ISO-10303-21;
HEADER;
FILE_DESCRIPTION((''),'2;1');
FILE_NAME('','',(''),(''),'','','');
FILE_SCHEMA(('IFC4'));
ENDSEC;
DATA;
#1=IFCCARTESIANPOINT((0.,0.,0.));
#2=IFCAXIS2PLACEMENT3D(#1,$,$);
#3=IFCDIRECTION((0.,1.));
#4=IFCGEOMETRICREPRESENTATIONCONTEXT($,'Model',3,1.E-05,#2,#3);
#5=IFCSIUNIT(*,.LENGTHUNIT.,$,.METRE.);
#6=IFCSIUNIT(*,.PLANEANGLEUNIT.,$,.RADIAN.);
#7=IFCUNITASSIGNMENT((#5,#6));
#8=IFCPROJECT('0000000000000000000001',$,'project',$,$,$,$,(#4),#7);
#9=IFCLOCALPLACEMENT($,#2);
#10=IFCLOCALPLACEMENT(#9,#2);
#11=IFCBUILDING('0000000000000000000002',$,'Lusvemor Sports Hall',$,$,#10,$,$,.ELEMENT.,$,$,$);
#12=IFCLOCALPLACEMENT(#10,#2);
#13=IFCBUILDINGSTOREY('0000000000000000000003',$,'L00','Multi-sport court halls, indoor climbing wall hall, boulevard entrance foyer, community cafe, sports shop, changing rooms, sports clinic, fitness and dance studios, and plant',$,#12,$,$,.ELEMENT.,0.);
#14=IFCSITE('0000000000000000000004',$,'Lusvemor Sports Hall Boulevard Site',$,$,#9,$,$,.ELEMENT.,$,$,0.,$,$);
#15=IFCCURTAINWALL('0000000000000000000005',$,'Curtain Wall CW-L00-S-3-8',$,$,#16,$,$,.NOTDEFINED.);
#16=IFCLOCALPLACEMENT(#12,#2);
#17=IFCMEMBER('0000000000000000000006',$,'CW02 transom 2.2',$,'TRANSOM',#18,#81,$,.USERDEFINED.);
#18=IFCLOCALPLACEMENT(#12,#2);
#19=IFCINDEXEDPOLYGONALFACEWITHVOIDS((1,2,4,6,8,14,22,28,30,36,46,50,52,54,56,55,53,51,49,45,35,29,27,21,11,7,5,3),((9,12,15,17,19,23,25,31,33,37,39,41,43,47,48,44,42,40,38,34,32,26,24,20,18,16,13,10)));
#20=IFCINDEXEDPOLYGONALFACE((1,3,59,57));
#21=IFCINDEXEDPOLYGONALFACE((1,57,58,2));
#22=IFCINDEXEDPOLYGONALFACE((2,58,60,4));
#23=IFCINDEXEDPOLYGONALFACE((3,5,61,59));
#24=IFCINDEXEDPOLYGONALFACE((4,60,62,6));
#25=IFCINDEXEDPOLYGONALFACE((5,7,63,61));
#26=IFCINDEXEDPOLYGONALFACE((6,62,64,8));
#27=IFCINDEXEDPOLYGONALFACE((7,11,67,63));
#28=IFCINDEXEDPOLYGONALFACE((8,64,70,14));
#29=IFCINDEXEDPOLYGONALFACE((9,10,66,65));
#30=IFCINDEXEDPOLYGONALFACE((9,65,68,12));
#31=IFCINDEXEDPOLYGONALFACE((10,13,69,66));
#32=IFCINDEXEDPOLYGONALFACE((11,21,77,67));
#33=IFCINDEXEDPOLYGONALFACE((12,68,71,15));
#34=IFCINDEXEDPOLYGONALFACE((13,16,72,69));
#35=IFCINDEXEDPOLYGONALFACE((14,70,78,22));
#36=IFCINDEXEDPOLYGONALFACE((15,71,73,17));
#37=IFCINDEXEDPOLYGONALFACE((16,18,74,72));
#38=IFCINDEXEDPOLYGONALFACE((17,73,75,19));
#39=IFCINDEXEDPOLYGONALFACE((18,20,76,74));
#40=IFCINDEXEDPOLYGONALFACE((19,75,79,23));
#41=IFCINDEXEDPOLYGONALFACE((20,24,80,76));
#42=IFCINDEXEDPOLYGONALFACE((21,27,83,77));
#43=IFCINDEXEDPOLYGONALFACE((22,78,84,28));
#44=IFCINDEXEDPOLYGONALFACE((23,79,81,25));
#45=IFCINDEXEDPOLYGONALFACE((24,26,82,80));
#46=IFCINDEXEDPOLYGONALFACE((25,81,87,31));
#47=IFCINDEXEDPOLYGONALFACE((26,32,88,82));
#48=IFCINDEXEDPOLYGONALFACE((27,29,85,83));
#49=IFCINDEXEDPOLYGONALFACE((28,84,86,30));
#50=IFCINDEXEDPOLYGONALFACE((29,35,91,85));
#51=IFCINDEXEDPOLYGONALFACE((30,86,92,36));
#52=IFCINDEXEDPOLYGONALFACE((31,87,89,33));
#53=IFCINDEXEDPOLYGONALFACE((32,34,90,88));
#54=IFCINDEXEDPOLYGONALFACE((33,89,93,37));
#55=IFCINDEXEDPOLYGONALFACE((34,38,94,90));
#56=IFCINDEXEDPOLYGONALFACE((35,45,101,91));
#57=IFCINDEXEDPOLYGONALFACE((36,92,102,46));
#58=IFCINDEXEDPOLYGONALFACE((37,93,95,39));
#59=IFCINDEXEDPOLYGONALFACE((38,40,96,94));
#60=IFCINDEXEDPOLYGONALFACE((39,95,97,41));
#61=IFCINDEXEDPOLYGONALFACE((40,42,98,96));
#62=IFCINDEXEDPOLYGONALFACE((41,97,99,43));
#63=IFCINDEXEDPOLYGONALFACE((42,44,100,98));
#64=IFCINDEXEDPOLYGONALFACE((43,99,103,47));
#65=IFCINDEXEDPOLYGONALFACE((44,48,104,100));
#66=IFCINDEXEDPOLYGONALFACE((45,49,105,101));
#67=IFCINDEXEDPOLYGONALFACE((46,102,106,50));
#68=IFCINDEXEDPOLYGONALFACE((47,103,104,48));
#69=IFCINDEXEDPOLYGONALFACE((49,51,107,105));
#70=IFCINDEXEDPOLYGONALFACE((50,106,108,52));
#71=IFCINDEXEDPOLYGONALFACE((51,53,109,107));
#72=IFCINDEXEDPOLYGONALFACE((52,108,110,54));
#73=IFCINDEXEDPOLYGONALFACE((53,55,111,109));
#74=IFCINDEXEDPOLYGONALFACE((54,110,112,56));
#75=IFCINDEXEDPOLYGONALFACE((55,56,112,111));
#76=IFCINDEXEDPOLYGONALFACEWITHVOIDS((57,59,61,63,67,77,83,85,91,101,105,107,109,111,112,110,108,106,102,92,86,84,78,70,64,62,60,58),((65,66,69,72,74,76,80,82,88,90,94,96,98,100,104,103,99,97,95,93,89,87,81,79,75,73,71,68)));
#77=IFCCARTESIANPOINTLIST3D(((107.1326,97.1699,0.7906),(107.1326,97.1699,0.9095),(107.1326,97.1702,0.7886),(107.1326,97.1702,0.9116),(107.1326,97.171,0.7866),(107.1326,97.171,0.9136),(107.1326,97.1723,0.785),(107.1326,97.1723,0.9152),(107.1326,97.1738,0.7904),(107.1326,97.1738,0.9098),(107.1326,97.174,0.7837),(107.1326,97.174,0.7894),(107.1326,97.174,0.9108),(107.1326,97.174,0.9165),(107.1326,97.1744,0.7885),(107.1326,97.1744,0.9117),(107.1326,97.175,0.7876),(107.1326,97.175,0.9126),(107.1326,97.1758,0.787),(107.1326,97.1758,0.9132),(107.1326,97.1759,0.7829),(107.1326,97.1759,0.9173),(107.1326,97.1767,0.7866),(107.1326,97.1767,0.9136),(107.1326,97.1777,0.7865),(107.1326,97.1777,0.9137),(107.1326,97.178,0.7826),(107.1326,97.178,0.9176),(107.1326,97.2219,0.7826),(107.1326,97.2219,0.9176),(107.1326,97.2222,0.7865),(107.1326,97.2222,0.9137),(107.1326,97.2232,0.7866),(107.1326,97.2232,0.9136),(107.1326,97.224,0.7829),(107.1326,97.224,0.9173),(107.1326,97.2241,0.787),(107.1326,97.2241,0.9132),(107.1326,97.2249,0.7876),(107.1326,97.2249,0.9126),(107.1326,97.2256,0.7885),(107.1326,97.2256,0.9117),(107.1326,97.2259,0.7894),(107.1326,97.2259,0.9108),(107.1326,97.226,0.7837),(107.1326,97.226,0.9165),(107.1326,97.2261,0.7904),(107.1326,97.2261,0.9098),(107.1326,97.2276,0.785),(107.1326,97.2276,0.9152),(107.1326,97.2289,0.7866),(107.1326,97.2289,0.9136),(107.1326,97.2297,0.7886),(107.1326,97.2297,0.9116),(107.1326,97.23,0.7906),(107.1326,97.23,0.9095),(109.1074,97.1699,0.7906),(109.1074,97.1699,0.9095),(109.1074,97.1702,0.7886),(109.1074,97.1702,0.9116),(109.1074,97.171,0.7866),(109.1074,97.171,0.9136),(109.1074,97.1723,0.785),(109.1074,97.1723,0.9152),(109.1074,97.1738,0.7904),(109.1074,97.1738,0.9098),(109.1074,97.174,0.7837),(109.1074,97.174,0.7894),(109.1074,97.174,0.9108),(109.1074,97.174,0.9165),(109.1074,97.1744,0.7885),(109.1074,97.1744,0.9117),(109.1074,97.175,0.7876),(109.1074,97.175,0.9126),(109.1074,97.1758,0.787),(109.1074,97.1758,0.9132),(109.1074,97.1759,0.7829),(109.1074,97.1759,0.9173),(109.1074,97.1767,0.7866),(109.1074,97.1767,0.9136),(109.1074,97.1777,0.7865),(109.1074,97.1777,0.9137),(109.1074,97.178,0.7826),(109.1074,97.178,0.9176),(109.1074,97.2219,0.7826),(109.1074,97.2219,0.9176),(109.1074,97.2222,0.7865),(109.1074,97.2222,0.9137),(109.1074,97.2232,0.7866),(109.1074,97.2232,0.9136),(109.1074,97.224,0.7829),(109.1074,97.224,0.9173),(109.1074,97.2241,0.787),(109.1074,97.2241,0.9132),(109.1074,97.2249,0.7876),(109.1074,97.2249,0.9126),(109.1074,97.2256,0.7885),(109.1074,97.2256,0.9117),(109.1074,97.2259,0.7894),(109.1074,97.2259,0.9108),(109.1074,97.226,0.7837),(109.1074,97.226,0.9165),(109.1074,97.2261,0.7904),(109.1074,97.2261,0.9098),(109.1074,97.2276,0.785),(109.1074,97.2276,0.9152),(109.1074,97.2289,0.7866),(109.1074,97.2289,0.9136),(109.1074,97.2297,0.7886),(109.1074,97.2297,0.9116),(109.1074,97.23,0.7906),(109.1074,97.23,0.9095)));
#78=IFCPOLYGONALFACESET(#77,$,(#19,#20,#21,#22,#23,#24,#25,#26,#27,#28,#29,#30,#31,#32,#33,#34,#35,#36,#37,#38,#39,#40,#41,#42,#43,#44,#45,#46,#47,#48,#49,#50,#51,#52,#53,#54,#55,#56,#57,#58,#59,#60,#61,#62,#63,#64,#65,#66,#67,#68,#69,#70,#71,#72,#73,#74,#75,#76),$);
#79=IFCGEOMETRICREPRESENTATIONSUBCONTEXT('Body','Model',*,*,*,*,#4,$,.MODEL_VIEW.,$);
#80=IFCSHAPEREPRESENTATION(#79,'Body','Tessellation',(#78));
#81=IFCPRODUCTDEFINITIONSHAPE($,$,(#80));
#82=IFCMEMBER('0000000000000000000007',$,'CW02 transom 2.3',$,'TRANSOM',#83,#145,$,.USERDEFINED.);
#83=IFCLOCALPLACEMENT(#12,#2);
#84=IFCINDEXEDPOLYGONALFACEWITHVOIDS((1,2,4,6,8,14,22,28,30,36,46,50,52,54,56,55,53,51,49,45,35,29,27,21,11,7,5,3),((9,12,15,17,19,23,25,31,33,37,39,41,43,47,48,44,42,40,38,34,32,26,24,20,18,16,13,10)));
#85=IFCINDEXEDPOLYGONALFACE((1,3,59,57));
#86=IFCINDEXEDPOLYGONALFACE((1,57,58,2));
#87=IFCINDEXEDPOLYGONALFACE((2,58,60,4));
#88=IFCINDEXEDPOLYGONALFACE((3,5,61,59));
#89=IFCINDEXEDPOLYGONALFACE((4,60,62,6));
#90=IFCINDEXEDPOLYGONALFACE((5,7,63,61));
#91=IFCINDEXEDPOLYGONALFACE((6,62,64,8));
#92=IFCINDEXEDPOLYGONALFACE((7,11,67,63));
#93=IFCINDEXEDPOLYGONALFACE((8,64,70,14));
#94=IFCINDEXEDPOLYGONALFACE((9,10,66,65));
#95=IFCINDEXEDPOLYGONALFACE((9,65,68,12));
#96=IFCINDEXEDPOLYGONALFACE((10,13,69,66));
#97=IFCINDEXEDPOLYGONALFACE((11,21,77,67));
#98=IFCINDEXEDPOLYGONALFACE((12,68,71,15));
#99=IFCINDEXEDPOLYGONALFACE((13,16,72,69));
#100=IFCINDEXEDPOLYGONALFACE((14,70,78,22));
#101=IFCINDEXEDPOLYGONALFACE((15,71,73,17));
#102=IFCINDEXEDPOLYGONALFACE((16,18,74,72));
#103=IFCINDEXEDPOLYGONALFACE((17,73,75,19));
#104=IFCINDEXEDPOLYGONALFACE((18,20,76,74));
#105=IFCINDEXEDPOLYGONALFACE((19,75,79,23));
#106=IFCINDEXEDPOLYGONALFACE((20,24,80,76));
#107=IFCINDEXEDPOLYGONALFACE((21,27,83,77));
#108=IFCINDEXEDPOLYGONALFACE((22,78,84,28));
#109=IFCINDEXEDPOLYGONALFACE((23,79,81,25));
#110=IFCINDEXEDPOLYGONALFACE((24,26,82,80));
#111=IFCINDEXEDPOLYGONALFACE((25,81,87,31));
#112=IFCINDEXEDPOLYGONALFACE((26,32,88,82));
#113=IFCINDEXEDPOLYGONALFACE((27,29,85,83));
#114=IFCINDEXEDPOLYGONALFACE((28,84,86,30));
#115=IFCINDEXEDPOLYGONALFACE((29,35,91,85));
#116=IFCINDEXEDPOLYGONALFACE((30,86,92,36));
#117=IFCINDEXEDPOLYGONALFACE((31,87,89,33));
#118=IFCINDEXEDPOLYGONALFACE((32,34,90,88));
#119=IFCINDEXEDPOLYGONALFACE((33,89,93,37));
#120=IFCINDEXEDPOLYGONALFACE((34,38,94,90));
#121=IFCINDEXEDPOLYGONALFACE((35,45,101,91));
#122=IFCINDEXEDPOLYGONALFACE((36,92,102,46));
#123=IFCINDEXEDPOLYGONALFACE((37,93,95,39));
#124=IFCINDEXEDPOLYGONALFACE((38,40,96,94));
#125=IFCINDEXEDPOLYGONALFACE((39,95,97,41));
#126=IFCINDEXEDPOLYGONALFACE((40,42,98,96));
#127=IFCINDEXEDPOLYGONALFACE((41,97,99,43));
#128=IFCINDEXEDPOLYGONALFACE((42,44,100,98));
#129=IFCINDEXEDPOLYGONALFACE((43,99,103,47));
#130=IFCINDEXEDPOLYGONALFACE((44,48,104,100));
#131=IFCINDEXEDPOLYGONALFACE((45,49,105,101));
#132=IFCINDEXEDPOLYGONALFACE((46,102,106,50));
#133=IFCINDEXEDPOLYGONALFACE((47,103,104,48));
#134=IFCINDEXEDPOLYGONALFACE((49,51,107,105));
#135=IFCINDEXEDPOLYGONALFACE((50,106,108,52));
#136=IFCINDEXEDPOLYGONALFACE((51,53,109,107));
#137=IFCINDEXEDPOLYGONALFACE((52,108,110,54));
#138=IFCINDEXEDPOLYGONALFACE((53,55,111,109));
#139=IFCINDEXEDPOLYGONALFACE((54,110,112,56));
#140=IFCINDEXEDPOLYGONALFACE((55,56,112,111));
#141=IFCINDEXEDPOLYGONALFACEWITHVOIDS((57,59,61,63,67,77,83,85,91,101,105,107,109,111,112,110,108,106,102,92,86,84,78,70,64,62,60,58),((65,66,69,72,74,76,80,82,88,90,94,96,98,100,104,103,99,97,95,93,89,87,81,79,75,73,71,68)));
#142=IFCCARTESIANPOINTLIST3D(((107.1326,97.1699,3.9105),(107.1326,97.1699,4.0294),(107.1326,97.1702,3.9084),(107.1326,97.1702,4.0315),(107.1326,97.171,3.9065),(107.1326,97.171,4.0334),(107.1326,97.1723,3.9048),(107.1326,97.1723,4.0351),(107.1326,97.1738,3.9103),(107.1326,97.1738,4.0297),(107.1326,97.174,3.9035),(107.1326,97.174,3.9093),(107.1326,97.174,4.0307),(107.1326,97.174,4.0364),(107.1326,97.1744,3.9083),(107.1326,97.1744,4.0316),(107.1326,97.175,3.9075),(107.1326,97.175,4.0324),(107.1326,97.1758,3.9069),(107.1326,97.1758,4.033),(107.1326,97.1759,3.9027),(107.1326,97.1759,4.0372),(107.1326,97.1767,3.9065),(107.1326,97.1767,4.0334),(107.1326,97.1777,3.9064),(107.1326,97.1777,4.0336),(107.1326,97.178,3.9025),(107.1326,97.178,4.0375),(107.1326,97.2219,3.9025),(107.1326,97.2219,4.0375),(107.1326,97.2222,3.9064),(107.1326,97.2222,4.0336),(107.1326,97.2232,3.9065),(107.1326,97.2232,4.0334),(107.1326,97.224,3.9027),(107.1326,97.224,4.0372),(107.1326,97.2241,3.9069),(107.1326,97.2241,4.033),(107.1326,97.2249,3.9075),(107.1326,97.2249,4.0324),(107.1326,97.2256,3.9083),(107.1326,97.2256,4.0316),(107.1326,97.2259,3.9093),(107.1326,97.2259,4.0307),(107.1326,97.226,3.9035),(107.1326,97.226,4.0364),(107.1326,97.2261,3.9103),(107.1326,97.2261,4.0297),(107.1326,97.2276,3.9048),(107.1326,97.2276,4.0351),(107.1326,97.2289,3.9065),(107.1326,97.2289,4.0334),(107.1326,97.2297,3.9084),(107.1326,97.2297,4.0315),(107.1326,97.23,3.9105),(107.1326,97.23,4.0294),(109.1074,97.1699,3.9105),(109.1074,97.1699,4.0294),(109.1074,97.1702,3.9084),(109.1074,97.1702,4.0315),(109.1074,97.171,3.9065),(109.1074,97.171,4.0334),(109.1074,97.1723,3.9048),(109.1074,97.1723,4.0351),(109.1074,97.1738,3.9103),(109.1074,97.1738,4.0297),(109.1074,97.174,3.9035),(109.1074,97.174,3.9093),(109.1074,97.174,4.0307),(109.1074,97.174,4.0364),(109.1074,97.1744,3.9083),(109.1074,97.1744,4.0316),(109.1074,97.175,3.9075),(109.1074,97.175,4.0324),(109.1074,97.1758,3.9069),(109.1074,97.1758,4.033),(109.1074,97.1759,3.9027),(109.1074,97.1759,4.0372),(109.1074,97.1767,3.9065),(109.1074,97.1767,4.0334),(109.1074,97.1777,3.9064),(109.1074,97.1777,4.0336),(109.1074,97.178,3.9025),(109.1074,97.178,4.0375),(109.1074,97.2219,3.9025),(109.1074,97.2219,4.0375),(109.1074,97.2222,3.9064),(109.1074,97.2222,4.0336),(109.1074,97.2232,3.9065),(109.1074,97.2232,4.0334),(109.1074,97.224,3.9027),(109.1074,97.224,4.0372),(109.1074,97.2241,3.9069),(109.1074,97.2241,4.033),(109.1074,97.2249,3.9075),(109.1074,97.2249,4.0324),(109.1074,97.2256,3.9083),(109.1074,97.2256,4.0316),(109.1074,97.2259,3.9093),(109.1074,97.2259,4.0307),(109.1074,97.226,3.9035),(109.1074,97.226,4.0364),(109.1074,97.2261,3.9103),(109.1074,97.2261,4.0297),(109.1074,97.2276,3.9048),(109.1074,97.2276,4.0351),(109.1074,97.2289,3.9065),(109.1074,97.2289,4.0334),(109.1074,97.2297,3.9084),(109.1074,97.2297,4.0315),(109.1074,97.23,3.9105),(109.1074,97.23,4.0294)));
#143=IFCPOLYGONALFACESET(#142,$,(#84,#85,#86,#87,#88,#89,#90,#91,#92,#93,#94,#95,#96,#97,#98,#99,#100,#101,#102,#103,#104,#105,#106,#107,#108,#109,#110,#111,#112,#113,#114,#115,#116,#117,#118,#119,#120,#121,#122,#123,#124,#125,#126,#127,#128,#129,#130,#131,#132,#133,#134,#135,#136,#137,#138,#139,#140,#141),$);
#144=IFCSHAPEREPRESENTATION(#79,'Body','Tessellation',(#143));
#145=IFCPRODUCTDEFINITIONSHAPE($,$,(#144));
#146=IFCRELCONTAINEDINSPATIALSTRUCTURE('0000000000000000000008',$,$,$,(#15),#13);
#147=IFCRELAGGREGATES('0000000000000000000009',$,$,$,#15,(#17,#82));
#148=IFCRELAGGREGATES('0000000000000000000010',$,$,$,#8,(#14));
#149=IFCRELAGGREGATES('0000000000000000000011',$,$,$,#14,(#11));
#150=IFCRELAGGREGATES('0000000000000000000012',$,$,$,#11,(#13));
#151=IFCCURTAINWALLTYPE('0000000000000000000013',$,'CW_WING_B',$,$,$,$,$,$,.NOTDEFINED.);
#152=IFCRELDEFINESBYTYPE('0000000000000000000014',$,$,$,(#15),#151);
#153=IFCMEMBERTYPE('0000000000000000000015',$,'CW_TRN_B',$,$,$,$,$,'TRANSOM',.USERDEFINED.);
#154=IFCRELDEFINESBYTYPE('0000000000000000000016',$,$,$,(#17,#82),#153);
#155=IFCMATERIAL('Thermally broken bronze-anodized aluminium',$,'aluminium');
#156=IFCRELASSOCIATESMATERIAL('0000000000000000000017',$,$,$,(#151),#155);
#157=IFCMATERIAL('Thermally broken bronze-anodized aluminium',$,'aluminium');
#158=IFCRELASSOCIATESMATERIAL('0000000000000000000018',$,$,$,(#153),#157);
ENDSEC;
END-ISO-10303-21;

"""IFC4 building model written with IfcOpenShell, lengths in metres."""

from ifc_helpers import new_model, si_unit, direction, frame, origin, origin_2d, place, context, subcontext, project, spatial, hollow_rectangle, extrude, material, material_profile, profile_set, type_object, element, aggregate, save


model = new_model("IFC4")

# Units and contexts
model_context = context("Model", 3, precision=1e-05, world=origin(), true_north=direction((0.0, 1.0)))
body_context = subcontext(model_context, "Body", "Model", "MODEL_VIEW")
ifc_project = project(units=[si_unit("LENGTHUNIT", "METRE"), si_unit("PLANEANGLEUNIT", "RADIAN")], contexts=[model_context])

# Site, building, storey
site_placement = place(None, origin())
site = spatial("IfcSite", under=ifc_project, at=site_placement, Name="Lusvemor Sports Hall Boulevard Site", CompositionType="ELEMENT", RefElevation=0.0)
building_placement = place(site_placement, origin())
building = spatial("IfcBuilding", under=site, at=building_placement, Name="Lusvemor Sports Hall", CompositionType="ELEMENT")
storey_placement = place(building_placement, origin())
storey = spatial("IfcBuildingStorey", under=building, at=storey_placement, Name="L00", Description="Multi-sport court halls, indoor climbing wall hall, boulevard entrance foyer, community cafe, sports shop, changing rooms, sports clinic, fitness and dance studios, and plant", CompositionType="ELEMENT", Elevation=0.0)

# Curtain wall, members
ifc_material_1 = material(Name="Thermally broken bronze-anodized aluminium", Category="aluminium")
curtain_wall_type = type_object("IfcCurtainWallType", Name="CW_WING_B", PredefinedType="NOTDEFINED", material=ifc_material_1)
curtain_wall_placement = place(storey_placement, origin())
curtain_wall = element("IfcCurtainWall", 1, at=curtain_wall_placement, inside=storey, type_object=curtain_wall_type, Name="Curtain Wall CW-L00-S-3-8", PredefinedType="NOTDEFINED")
ifc_material_2 = material(Name="Thermally broken bronze-anodized aluminium", Category="aluminium")
ifc_material_profile_1 = material_profile(ifc_material_2, hollow_rectangle(XDim=0.0601, YDim=0.135, WallThickness=0.0039, InnerFilletRadius=0.0039, OuterFilletRadius=0.0081, at=origin_2d()), Name="CWTRN135x60x4")
ifc_profile_set_1 = profile_set([ifc_material_profile_1], Name="Thermally broken bronze-anodized aluminium")
member_type_1 = type_object("IfcMemberType", Name="CW_TRN_B", ElementType="TRANSOM", PredefinedType="USERDEFINED", material=ifc_profile_set_1)
member_1_placement = place(storey_placement, frame((109.1074, 97.2, 0.8501), z_axis=(-1.0, 0.0, 0.0), x_axis=(0.0, -1.0, 0.0)))
member_1 = element("IfcMember", 2, at=member_1_placement, type_object=member_type_1, Name="CW02 transom 2.2", ObjectType="TRANSOM", PredefinedType="USERDEFINED", context=body_context, shape_type="SweptSolid", body=[
    extrude(hollow_rectangle(XDim=0.0601, YDim=0.135, WallThickness=0.0039, InnerFilletRadius=0.0039, OuterFilletRadius=0.0081, at=origin_2d()), origin(), (0.0, 0.0, 1.0), 1.9749),
])
member_2_placement = place(storey_placement, frame((109.1074, 97.2, 3.97), z_axis=(-1.0, 0.0, 0.0), x_axis=(0.0, -1.0, 0.0)))
member_2 = element("IfcMember", 3, at=member_2_placement, type_object=member_type_1, Name="CW02 transom 2.3", ObjectType="TRANSOM", PredefinedType="USERDEFINED", context=body_context, shape_type="SweptSolid", body=[
    extrude(hollow_rectangle(XDim=0.0601, YDim=0.135, WallThickness=0.0039, InnerFilletRadius=0.0039, OuterFilletRadius=0.0081, at=origin_2d()), origin(), (0.0, 0.0, 1.0), 1.9749),
])

aggregate(curtain_wall, [member_1, member_2])

save(model, "model.ifc")
